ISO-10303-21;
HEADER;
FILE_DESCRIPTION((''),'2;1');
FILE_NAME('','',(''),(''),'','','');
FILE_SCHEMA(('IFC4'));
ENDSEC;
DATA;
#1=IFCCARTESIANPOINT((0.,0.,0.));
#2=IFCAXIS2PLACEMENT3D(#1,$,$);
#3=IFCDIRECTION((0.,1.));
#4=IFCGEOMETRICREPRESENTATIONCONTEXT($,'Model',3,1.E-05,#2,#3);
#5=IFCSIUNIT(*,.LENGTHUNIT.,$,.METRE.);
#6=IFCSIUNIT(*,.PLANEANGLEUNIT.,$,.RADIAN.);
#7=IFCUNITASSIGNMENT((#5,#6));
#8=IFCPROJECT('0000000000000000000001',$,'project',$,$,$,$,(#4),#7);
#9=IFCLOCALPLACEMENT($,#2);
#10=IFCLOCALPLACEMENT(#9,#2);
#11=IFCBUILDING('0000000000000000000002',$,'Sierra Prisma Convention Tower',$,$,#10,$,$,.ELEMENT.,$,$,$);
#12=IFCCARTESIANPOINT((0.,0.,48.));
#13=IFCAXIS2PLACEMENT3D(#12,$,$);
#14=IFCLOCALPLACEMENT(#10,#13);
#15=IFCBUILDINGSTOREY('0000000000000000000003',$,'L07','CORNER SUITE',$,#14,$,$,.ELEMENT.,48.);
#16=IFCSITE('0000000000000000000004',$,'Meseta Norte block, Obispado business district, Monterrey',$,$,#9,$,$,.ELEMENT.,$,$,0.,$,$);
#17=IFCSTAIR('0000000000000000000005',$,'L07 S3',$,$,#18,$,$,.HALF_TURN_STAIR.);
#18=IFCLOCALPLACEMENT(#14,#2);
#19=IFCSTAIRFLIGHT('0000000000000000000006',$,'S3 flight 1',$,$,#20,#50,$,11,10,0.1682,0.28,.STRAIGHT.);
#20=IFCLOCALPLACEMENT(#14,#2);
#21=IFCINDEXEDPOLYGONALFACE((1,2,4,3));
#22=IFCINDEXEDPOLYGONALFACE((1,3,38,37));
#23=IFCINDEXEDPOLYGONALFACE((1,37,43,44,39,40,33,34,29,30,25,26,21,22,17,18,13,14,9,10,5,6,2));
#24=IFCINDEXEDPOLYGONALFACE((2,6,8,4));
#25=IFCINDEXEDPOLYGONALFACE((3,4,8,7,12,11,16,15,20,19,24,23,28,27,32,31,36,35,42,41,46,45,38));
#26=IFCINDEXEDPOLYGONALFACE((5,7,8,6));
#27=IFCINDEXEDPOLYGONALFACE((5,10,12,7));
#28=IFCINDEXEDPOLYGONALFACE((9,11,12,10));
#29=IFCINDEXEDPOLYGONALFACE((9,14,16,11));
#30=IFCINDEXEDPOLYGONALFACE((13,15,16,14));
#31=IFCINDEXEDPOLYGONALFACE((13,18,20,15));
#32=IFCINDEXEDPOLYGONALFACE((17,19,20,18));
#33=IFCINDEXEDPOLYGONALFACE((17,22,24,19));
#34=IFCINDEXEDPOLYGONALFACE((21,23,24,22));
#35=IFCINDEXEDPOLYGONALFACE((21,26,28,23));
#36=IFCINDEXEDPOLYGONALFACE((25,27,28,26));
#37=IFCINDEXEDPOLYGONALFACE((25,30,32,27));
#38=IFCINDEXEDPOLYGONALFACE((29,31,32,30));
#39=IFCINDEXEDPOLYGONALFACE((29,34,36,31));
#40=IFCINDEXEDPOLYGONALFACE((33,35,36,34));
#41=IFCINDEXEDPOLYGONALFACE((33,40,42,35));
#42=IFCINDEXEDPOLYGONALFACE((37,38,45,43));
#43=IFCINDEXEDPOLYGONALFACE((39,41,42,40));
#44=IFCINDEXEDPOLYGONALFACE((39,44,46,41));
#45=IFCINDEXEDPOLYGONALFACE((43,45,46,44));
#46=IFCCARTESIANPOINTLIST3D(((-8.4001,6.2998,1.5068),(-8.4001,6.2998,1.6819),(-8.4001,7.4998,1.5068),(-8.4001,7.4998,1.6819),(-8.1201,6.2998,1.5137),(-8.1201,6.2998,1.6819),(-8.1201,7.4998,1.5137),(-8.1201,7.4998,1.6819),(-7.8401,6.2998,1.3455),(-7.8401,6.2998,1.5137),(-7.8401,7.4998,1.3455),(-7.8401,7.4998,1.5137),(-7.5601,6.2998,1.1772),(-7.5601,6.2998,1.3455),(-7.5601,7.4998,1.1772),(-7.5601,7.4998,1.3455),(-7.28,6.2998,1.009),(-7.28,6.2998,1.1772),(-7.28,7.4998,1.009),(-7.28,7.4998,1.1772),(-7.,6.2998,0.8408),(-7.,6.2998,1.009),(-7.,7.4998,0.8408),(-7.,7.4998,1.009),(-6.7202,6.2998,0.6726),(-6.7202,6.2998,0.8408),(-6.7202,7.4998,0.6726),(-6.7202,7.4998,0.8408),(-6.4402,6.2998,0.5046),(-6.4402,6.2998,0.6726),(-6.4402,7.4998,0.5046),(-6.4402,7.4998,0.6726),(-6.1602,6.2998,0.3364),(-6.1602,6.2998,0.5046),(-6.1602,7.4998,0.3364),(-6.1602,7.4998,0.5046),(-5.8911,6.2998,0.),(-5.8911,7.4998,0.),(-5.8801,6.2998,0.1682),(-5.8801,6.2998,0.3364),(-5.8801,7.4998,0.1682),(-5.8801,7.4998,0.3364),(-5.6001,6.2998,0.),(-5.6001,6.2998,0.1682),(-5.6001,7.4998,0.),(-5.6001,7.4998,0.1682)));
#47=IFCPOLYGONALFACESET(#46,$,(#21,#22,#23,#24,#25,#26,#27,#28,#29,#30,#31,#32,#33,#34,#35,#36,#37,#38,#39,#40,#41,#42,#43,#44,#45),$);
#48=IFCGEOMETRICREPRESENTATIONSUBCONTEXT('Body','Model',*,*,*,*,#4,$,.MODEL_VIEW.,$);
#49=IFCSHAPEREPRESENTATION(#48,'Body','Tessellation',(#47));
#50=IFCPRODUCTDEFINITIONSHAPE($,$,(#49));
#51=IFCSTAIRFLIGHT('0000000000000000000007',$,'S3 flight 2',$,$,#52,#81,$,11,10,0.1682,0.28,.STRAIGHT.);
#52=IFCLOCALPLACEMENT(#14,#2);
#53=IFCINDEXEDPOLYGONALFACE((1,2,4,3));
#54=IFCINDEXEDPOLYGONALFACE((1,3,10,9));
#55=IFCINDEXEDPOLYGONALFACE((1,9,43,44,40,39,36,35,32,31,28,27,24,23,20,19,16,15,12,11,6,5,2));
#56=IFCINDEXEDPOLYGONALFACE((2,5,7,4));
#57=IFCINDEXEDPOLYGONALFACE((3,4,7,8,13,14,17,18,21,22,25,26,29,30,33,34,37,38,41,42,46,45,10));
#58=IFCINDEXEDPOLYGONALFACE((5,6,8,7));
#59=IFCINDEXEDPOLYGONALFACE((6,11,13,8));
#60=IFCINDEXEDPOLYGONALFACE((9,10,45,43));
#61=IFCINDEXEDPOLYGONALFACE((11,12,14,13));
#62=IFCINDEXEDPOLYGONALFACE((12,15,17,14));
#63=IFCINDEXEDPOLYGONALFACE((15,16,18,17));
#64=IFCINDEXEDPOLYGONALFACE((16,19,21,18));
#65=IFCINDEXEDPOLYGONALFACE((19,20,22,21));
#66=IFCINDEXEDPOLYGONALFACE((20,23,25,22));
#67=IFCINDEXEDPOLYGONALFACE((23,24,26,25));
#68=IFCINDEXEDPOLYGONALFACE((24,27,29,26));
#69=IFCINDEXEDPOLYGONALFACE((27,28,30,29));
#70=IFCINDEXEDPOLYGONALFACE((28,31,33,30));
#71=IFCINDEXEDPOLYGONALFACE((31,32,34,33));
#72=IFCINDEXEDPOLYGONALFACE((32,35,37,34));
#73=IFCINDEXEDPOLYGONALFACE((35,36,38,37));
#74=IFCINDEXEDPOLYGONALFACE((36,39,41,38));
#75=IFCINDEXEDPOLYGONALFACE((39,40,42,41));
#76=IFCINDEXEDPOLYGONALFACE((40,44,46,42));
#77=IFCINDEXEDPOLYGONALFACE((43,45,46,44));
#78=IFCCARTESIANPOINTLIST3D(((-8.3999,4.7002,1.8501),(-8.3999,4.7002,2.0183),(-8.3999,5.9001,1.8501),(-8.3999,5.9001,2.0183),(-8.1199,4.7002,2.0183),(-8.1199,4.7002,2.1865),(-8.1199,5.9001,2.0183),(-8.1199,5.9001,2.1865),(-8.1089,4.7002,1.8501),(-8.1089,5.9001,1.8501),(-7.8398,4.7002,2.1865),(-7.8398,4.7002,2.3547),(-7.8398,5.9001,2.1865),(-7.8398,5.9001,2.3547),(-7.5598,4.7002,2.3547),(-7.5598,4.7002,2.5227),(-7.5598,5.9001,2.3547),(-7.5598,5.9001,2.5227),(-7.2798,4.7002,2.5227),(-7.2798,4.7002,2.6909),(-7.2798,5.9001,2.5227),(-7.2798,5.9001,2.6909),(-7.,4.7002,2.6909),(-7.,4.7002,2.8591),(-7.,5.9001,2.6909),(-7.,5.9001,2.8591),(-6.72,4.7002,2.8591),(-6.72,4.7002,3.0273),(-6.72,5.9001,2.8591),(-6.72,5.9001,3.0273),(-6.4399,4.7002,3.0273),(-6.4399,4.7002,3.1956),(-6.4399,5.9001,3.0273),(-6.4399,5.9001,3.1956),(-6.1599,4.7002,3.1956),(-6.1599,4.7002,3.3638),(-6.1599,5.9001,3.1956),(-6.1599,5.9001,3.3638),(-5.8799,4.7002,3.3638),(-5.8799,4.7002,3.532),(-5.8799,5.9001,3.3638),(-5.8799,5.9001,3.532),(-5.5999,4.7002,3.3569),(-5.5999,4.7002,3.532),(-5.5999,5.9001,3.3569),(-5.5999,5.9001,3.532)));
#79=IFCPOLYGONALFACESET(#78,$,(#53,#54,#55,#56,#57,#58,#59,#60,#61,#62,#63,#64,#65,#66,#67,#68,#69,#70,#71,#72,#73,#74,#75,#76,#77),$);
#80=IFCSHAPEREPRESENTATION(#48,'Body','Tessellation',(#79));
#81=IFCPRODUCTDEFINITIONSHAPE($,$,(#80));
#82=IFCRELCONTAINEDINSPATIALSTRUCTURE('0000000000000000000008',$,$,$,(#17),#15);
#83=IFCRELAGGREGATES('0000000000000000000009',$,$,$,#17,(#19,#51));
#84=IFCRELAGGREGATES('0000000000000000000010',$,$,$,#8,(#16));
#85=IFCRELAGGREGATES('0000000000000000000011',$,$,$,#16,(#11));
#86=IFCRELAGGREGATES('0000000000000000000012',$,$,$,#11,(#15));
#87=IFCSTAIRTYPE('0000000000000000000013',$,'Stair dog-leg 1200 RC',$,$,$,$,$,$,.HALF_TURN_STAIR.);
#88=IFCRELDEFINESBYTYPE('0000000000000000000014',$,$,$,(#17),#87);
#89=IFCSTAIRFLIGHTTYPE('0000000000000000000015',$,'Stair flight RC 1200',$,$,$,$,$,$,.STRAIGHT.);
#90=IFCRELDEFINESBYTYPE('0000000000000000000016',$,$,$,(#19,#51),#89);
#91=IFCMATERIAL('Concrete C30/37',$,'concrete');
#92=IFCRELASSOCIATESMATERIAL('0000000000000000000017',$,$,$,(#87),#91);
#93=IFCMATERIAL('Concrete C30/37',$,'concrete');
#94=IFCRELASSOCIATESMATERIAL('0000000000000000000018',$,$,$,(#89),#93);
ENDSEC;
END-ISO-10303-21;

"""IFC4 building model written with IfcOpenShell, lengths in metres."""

from ifc_helpers import new_model, si_unit, direction, frame, origin, place, context, subcontext, project, spatial, polyline, outline, extrude, material, type_object, element, aggregate, save


model = new_model("IFC4")

# Units and contexts
model_context = context("Model", 3, precision=1e-05, world=origin(), true_north=direction((0.0, 1.0)))
body_context = subcontext(model_context, "Body", "Model", "MODEL_VIEW")
ifc_project = project(units=[si_unit("LENGTHUNIT", "METRE"), si_unit("PLANEANGLEUNIT", "RADIAN")], contexts=[model_context])

# Site, building, storey
site_placement = place(None, origin())
site = spatial("IfcSite", under=ifc_project, at=site_placement, Name="Meseta Norte block, Obispado business district, Monterrey", CompositionType="ELEMENT", RefElevation=0.0)
building_placement = place(site_placement, origin())
building = spatial("IfcBuilding", under=site, at=building_placement, Name="Sierra Prisma Convention Tower", CompositionType="ELEMENT")
storey_placement = place(building_placement, frame((0.0, 0.0, 48.0)))
storey = spatial("IfcBuildingStorey", under=building, at=storey_placement, Name="L07", Description="CORNER SUITE", CompositionType="ELEMENT", Elevation=48.0)

# Stair, stair flights
ifc_material_1 = material(Name="Concrete C30/37", Category="concrete")
stair_type = type_object("IfcStairType", Name="Stair dog-leg 1200 RC", PredefinedType="HALF_TURN_STAIR", material=ifc_material_1)
stair_placement = place(storey_placement, origin())
stair = element("IfcStair", 1, at=stair_placement, inside=storey, type_object=stair_type, Name="L07 S3", PredefinedType="HALF_TURN_STAIR")
ifc_material_2 = material(Name="Concrete C30/37", Category="concrete")
stair_flight_type = type_object("IfcStairFlightType", Name="Stair flight RC 1200", PredefinedType="STRAIGHT", material=ifc_material_2)
stair_flight_1_placement = place(storey_placement, frame((-5.6001, 6.8999, 0.0), z_axis=(0.0, 0.0, 1.0), x_axis=(-1.0, 0.0, 0.0)))
stair_flight_1 = element("IfcStairFlight", 2, at=stair_flight_1_placement, type_object=stair_flight_type, Name="S3 flight 1", NumberOfRisers=11, NumberOfTreads=10, PredefinedType="STRAIGHT", RiserHeight=0.1682, TreadLength=0.28, context=body_context, shape_type="SweptSolid", body=[
    extrude(outline(polyline([(0.0, 0.0), (0.0, 0.1682), (0.28, 0.1682), (0.28, 0.3364), (0.5601, 0.3364), (0.5601, 0.5046), (0.8401, 0.5046), (0.8401, 0.6726), (1.1201, 0.6726), (1.1201, 0.8408), (1.3999, 0.8408), (1.3999, 1.009), (1.6799, 1.009), (1.6799, 1.1772), (1.96, 1.1772), (1.96, 1.3455), (2.24, 1.3455), (2.24, 1.5137), (2.52, 1.5137), (2.52, 1.6819), (2.8, 1.6819), (2.8, 1.8501), (2.8, 1.5068), (0.291, 0.0), (0.0, 0.0)])), frame((0.0, 0.6001, 0.0), z_axis=(0.0, -1.0, 0.0), x_axis=(1.0, 0.0, 0.0)), (0.0, 0.0, 1.0), 1.2),
])
stair_flight_2_placement = place(storey_placement, frame((-8.3999, 5.3, 1.8501), z_axis=(0.0, 0.0, 1.0), x_axis=(1.0, 0.0, 0.0)))
stair_flight_2 = element("IfcStairFlight", 3, at=stair_flight_2_placement, type_object=stair_flight_type, Name="S3 flight 2", NumberOfRisers=11, NumberOfTreads=10, PredefinedType="STRAIGHT", RiserHeight=0.1682, TreadLength=0.28, context=body_context, shape_type="SweptSolid", body=[
    extrude(outline(polyline([(0.0, 0.0), (0.0, 0.1682), (0.28, 0.1682), (0.28, 0.3364), (0.5601, 0.3364), (0.5601, 0.5046), (0.8401, 0.5046), (0.8401, 0.6726), (1.1201, 0.6726), (1.1201, 0.8408), (1.3999, 0.8408), (1.3999, 1.009), (1.6799, 1.009), (1.6799, 1.1772), (1.96, 1.1772), (1.96, 1.3455), (2.24, 1.3455), (2.24, 1.5137), (2.52, 1.5137), (2.52, 1.6819), (2.8, 1.6819), (2.8, 1.8501), (2.8, 1.5068), (0.291, 0.0), (0.0, 0.0)])), frame((0.0, 0.6001, 0.0), z_axis=(0.0, -1.0, 0.0), x_axis=(1.0, 0.0, 0.0)), (0.0, 0.0, 1.0), 1.2),
])
aggregate(stair, [stair_flight_1, stair_flight_2])

save(model, "model.ifc")
